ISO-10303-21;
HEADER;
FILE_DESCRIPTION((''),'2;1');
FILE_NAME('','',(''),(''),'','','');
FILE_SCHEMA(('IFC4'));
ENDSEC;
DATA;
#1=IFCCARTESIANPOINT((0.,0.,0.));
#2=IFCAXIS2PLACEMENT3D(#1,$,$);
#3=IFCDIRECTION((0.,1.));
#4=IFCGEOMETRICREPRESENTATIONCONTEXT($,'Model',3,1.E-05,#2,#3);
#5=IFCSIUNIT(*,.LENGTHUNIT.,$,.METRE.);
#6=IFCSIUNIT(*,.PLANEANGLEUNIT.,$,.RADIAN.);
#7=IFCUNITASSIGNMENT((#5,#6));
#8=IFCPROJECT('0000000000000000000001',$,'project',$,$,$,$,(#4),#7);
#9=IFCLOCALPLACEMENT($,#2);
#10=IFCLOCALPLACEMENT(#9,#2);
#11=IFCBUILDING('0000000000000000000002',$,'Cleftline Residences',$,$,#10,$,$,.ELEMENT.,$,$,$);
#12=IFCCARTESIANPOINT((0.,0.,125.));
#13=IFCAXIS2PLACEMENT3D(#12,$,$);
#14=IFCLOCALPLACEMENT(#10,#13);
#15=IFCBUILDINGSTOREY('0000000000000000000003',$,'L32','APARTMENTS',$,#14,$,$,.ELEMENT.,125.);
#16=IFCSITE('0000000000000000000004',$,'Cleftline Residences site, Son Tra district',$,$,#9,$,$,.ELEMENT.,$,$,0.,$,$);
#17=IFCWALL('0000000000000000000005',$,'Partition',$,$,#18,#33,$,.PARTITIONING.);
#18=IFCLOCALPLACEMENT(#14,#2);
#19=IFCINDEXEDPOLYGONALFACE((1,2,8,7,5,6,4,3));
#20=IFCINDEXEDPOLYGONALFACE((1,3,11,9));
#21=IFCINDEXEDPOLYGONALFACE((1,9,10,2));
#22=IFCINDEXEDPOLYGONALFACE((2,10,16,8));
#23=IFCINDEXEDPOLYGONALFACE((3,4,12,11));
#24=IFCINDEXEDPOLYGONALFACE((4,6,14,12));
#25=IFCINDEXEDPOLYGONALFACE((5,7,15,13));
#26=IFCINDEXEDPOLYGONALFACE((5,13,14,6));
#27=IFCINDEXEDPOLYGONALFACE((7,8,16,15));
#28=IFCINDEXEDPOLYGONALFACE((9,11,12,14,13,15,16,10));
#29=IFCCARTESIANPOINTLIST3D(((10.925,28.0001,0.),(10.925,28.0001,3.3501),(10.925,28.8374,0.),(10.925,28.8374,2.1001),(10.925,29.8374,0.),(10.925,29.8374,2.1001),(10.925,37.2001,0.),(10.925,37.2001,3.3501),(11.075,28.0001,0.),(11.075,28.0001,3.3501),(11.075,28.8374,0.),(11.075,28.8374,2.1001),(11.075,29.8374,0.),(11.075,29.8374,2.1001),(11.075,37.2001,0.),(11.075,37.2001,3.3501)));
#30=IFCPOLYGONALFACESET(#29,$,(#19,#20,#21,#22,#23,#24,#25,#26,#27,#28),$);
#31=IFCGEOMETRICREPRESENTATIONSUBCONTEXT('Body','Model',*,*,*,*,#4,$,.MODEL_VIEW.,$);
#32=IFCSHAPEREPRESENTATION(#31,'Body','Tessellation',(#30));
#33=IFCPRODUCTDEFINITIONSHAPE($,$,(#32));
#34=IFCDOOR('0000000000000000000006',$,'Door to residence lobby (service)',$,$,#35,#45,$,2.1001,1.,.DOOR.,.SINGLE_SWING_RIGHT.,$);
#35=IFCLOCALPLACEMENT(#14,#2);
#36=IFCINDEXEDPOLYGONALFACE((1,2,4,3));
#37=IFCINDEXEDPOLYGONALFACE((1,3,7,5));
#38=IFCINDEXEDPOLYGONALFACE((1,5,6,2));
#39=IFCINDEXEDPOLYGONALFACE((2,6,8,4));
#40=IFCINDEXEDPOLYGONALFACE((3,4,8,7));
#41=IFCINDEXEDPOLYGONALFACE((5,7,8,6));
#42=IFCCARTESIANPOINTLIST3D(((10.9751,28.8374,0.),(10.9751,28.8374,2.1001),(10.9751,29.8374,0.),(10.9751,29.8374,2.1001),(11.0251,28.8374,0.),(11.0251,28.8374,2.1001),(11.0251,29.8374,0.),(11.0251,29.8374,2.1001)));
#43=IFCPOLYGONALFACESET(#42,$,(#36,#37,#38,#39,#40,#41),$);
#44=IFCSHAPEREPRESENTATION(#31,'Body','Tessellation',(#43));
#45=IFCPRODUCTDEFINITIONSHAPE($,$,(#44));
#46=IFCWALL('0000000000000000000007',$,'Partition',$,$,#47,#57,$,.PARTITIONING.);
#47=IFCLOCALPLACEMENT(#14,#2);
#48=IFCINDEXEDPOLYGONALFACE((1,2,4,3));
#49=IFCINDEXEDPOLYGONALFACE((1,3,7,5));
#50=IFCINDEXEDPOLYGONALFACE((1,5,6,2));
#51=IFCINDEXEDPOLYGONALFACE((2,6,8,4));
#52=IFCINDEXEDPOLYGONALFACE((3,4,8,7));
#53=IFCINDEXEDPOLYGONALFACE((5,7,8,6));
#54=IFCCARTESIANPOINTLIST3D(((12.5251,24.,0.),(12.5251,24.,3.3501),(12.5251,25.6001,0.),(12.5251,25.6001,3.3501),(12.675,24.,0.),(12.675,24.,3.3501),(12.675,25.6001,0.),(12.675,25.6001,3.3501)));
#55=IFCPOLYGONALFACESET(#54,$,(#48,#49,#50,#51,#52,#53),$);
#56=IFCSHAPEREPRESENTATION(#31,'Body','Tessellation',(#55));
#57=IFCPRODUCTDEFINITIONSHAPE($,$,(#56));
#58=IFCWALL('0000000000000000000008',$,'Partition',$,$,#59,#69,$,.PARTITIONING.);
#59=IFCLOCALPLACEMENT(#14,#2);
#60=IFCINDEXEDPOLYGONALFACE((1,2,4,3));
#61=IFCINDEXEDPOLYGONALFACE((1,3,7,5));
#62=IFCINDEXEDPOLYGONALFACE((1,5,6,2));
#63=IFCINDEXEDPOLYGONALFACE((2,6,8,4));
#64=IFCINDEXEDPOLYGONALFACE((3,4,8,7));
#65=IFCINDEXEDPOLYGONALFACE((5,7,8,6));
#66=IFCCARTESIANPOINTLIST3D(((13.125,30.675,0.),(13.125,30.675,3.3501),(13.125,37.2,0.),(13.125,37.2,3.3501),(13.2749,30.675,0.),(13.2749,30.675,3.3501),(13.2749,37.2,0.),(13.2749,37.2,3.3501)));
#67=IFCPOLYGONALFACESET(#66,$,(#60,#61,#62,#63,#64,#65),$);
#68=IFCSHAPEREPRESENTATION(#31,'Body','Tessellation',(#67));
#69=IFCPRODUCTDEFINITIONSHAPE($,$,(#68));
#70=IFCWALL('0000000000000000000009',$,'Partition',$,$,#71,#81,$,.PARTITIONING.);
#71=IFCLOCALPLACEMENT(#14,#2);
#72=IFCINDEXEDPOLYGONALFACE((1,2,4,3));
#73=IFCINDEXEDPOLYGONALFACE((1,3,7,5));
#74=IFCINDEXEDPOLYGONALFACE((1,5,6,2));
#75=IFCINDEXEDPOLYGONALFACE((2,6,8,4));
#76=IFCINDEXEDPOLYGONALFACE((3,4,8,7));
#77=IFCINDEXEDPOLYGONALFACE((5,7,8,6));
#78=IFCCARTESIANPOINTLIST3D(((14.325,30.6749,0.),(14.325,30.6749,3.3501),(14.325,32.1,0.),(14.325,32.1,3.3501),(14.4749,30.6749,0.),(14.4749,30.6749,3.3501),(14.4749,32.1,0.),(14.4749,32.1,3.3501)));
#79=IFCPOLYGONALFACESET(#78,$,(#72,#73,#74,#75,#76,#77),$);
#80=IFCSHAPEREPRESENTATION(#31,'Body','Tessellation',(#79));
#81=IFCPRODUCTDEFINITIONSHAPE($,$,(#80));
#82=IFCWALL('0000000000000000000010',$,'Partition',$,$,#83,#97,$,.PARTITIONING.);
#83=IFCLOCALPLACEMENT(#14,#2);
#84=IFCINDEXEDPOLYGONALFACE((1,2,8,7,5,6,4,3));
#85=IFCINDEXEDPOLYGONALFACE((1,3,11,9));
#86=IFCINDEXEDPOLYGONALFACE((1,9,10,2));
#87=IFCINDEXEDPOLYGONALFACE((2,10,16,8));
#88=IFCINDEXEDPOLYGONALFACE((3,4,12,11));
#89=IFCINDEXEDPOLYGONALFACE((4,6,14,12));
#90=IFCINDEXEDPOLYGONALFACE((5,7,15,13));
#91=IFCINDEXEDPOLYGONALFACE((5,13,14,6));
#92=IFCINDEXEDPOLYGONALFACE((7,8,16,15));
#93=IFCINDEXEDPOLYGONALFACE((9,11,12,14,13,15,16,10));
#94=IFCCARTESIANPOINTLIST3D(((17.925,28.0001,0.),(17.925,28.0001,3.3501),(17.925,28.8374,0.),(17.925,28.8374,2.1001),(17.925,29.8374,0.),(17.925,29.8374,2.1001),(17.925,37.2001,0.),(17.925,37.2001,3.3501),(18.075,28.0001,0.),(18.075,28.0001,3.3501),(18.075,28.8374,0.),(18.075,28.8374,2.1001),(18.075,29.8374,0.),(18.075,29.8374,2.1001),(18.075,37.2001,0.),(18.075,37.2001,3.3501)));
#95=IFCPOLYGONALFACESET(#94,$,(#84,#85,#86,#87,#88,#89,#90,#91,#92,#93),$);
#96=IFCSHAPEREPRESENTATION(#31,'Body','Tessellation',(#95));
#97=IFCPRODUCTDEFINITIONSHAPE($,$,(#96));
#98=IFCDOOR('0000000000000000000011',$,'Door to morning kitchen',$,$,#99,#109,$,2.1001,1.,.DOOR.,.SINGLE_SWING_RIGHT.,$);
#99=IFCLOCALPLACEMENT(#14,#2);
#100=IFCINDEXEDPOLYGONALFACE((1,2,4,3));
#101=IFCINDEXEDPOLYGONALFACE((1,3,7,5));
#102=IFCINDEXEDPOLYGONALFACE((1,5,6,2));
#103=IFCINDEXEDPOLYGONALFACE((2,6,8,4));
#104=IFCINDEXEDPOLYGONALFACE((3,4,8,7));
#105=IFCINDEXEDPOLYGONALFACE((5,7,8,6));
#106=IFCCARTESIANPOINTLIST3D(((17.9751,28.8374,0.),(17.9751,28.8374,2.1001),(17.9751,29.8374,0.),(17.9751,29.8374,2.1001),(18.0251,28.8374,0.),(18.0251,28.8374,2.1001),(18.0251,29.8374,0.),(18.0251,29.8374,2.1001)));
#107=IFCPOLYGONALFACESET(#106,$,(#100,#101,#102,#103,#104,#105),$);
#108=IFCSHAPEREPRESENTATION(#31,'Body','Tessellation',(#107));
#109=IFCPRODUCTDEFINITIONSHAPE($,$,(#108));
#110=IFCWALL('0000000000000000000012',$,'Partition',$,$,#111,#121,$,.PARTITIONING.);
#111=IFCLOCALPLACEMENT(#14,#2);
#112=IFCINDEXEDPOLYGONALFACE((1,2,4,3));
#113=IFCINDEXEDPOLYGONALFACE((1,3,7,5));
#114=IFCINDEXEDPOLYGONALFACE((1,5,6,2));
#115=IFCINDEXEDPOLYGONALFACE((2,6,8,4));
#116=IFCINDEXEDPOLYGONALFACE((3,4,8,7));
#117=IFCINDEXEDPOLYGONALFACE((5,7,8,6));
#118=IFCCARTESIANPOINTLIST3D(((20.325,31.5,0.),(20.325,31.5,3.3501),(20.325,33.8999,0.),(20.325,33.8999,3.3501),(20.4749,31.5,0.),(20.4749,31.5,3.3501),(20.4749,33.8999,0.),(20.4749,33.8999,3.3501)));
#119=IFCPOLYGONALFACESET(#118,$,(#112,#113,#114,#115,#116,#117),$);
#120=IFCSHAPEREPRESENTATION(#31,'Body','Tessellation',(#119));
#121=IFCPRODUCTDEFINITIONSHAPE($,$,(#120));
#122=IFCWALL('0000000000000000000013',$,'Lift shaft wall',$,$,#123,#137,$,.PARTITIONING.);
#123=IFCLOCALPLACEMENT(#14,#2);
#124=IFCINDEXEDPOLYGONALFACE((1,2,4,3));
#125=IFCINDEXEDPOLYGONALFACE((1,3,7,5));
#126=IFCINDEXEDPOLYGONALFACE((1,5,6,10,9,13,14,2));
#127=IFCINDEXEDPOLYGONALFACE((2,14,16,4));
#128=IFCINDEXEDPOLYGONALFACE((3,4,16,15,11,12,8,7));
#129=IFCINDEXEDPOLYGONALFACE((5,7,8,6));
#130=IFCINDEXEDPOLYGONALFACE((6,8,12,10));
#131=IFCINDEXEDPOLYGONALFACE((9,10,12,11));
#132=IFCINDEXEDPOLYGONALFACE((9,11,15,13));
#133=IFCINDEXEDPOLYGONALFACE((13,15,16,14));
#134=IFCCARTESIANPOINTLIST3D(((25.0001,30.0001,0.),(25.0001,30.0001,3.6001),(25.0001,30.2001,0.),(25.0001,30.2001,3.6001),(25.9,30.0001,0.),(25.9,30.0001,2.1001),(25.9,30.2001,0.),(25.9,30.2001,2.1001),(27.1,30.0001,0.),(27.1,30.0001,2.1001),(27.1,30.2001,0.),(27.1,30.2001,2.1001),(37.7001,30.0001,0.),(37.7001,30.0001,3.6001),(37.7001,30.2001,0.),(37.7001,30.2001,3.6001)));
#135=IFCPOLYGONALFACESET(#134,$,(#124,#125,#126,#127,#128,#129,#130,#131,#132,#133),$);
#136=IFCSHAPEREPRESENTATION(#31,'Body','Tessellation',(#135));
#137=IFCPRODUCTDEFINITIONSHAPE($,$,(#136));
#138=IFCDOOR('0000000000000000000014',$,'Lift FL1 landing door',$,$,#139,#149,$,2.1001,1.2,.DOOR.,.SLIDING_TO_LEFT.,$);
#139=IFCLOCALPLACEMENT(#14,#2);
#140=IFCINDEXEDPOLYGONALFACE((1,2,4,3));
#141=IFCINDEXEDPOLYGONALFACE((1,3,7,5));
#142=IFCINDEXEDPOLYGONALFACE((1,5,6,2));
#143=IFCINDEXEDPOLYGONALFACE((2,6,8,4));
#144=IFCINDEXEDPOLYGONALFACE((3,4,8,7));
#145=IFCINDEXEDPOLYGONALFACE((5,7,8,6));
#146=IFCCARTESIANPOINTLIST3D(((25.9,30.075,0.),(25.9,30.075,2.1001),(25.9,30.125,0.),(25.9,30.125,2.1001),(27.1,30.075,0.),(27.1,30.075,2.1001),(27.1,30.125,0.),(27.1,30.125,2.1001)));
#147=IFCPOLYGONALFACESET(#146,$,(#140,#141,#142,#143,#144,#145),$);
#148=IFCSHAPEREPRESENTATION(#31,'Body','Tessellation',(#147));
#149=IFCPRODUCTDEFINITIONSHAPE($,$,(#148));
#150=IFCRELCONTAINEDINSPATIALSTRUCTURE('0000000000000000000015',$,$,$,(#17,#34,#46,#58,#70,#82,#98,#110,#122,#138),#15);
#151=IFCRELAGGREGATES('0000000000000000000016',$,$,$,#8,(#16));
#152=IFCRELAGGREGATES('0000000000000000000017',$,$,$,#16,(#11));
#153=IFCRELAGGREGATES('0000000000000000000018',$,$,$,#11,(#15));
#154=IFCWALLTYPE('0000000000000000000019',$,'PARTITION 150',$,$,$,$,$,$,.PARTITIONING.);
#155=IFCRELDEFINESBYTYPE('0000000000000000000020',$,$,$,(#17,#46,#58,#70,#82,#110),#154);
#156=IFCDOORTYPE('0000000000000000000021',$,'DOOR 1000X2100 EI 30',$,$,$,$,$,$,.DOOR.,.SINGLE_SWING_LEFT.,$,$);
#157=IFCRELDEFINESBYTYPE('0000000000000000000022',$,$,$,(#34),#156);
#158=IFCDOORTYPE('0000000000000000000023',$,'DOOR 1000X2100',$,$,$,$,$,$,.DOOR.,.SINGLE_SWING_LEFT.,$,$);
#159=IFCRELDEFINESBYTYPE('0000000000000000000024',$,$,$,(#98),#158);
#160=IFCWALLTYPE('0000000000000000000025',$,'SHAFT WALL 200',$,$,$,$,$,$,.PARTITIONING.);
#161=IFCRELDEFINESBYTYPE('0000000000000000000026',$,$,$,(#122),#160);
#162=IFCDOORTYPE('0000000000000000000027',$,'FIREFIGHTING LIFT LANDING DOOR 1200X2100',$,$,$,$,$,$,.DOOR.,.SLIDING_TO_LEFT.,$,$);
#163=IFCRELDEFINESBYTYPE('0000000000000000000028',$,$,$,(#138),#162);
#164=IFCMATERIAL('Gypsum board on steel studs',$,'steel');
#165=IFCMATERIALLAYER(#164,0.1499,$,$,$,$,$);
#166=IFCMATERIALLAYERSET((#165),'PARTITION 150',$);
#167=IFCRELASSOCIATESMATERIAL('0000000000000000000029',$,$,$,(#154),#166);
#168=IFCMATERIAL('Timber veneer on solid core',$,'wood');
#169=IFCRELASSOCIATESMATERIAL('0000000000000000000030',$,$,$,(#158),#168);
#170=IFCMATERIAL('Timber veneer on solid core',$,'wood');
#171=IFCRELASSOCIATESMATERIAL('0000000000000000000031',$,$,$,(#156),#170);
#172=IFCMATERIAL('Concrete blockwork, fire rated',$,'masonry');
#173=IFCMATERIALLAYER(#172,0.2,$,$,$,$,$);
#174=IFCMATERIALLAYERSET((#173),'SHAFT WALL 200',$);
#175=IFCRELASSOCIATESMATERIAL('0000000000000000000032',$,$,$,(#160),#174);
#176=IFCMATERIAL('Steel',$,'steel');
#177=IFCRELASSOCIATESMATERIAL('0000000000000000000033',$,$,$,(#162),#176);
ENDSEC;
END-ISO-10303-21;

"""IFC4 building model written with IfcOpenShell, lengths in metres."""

from ifc_helpers import new_model, si_unit, direction, frame, frame_2d, origin, place, context, subcontext, project, spatial, rectangle, extrude, material, layer, layer_set, type_object, element, fill, save


model = new_model("IFC4")

# Units and contexts
model_context = context("Model", 3, precision=1e-05, world=origin(), true_north=direction((0.0, 1.0)))
body_context = subcontext(model_context, "Body", "Model", "MODEL_VIEW")
ifc_project = project(units=[si_unit("LENGTHUNIT", "METRE"), si_unit("PLANEANGLEUNIT", "RADIAN")], contexts=[model_context])

# Site, building, storey
site_placement = place(None, origin())
site = spatial("IfcSite", under=ifc_project, at=site_placement, Name="Cleftline Residences site, Son Tra district", CompositionType="ELEMENT", RefElevation=0.0)
building_placement = place(site_placement, origin())
building = spatial("IfcBuilding", under=site, at=building_placement, Name="Cleftline Residences", CompositionType="ELEMENT")
storey_placement = place(building_placement, frame((0.0, 0.0, 125.0)))
storey = spatial("IfcBuildingStorey", under=building, at=storey_placement, Name="L32", Description="APARTMENTS", CompositionType="ELEMENT", Elevation=125.0)

# Shared definitions
ifc_material_1 = material(Name="Gypsum board on steel studs", Category="steel")
ifc_layer_1 = layer(ifc_material_1, 0.1499)
ifc_layer_set_1 = layer_set([ifc_layer_1], Name="PARTITION 150")
wall_type_1 = type_object("IfcWallType", Name="PARTITION 150", PredefinedType="PARTITIONING", material=ifc_layer_set_1)
ifc_material_2 = material(Name="Timber veneer on solid core", Category="wood")
door_type_1 = type_object("IfcDoorType", Name="DOOR 1000X2100", OperationType="SINGLE_SWING_LEFT", PredefinedType="DOOR", material=ifc_material_2)

# Wall, opening, door
wall_1_placement = place(storey_placement, frame((11.0, 28.0, 0.0), z_axis=(0.0, 0.0, 1.0), x_axis=(0.0, 1.0, 0.0)))
wall_1 = element("IfcWall", 1, at=wall_1_placement, inside=storey, type_object=wall_type_1, Name="Partition", PredefinedType="PARTITIONING", context=body_context, shape_type="SweptSolid", body=[
    extrude(rectangle(XDim=9.2, YDim=0.1499, at=frame_2d((4.6001, 0.0))), origin(), (0.0, 0.0, 1.0), 3.3501),
])
opening_1_placement = place(wall_1_placement, frame((0.8374, 0.0, 0.0)))
opening_1 = element("IfcOpeningElement", 2, at=opening_1_placement, cuts=wall_1, PredefinedType="OPENING", context=body_context, shape_type="SweptSolid", body=[
    extrude(rectangle(XDim=1.0, YDim=2.1001, at=frame_2d((0.5, 1.05))), frame((0.0, 0.085, 0.0), z_axis=(0.0, -1.0, 0.0), x_axis=(1.0, 0.0, 0.0)), (0.0, 0.0, 1.0), 0.1699),
])
ifc_material_3 = material(Name="Timber veneer on solid core", Category="wood")
door_type_2 = type_object("IfcDoorType", Name="DOOR 1000X2100 EI 30", OperationType="SINGLE_SWING_LEFT", PredefinedType="DOOR", material=ifc_material_3)
door_1_placement = place(opening_1_placement, origin())
door_1 = element("IfcDoor", 3, at=door_1_placement, inside=storey, type_object=door_type_2, Name="Door to residence lobby (service)", OperationType="SINGLE_SWING_RIGHT", OverallHeight=2.1001, OverallWidth=1.0, PredefinedType="DOOR", context=body_context, shape_type="SweptSolid", body=[
    extrude(rectangle(XDim=1.0, YDim=2.1001, at=frame_2d((0.5, 1.05))), frame((0.0, 0.0249, 0.0), z_axis=(0.0, -1.0, 0.0), x_axis=(1.0, 0.0, 0.0)), (0.0, 0.0, 1.0), 0.05),
])
fill(opening_1, door_1)

# Walls
wall_2_placement = place(storey_placement, frame((12.6001, 24.0, 0.0), z_axis=(0.0, 0.0, 1.0), x_axis=(0.0, 1.0, 0.0)))
element("IfcWall", 4, at=wall_2_placement, inside=storey, type_object=wall_type_1, Name="Partition", PredefinedType="PARTITIONING", context=body_context, shape_type="SweptSolid", body=[
    extrude(rectangle(XDim=1.6001, YDim=0.1499, at=frame_2d((0.8, 0.0))), origin(), (0.0, 0.0, 1.0), 3.3501),
])
wall_3_placement = place(storey_placement, frame((13.2, 30.675, 0.0), z_axis=(0.0, 0.0, 1.0), x_axis=(0.0, 1.0, 0.0)))
element("IfcWall", 5, at=wall_3_placement, inside=storey, type_object=wall_type_1, Name="Partition", PredefinedType="PARTITIONING", context=body_context, shape_type="SweptSolid", body=[
    extrude(rectangle(XDim=6.5249, YDim=0.1499, at=frame_2d((3.2625, 0.0))), origin(), (0.0, 0.0, 1.0), 3.3501),
])
wall_4_placement = place(storey_placement, frame((14.3999, 30.675, 0.0), z_axis=(0.0, 0.0, 1.0), x_axis=(0.0, 1.0, 0.0)))
element("IfcWall", 6, at=wall_4_placement, inside=storey, type_object=wall_type_1, Name="Partition", PredefinedType="PARTITIONING", context=body_context, shape_type="SweptSolid", body=[
    extrude(rectangle(XDim=1.425, YDim=0.1499, at=frame_2d((0.7124, 0.0))), origin(), (0.0, 0.0, 1.0), 3.3501),
])

# Wall, opening, door
wall_5_placement = place(storey_placement, frame((18.0, 28.0, 0.0), z_axis=(0.0, 0.0, 1.0), x_axis=(0.0, 1.0, 0.0)))
wall_5 = element("IfcWall", 7, at=wall_5_placement, inside=storey, type_object=wall_type_1, Name="Partition", PredefinedType="PARTITIONING", context=body_context, shape_type="SweptSolid", body=[
    extrude(rectangle(XDim=9.2, YDim=0.1499, at=frame_2d((4.6001, 0.0))), origin(), (0.0, 0.0, 1.0), 3.3501),
])
opening_2_placement = place(wall_5_placement, frame((0.8374, 0.0, 0.0)))
opening_2 = element("IfcOpeningElement", 8, at=opening_2_placement, cuts=wall_5, PredefinedType="OPENING", context=body_context, shape_type="SweptSolid", body=[
    extrude(rectangle(XDim=1.0, YDim=2.1001, at=frame_2d((0.5, 1.05))), frame((0.0, 0.085, 0.0), z_axis=(0.0, -1.0, 0.0), x_axis=(1.0, 0.0, 0.0)), (0.0, 0.0, 1.0), 0.1699),
])
door_2_placement = place(opening_2_placement, origin())
door_2 = element("IfcDoor", 9, at=door_2_placement, inside=storey, type_object=door_type_1, Name="Door to morning kitchen", OperationType="SINGLE_SWING_RIGHT", OverallHeight=2.1001, OverallWidth=1.0, PredefinedType="DOOR", context=body_context, shape_type="SweptSolid", body=[
    extrude(rectangle(XDim=1.0, YDim=2.1001, at=frame_2d((0.5, 1.05))), frame((0.0, 0.0249, 0.0), z_axis=(0.0, -1.0, 0.0), x_axis=(1.0, 0.0, 0.0)), (0.0, 0.0, 1.0), 0.05),
])
fill(opening_2, door_2)

# Wall
wall_6_placement = place(storey_placement, frame((20.3999, 31.5, 0.0), z_axis=(0.0, 0.0, 1.0), x_axis=(0.0, 1.0, 0.0)))
element("IfcWall", 10, at=wall_6_placement, inside=storey, type_object=wall_type_1, Name="Partition", PredefinedType="PARTITIONING", context=body_context, shape_type="SweptSolid", body=[
    extrude(rectangle(XDim=2.3999, YDim=0.1499, at=frame_2d((1.2, 0.0))), origin(), (0.0, 0.0, 1.0), 3.3501),
])

# Wall, opening, door
ifc_material_4 = material(Name="Concrete blockwork, fire rated", Category="masonry")
ifc_layer_2 = layer(ifc_material_4, 0.2)
ifc_layer_set_2 = layer_set([ifc_layer_2], Name="SHAFT WALL 200")
wall_type_2 = type_object("IfcWallType", Name="SHAFT WALL 200", PredefinedType="PARTITIONING", material=ifc_layer_set_2)
wall_7_placement = place(storey_placement, frame((25.0, 30.1001, 0.0), z_axis=(0.0, 0.0, 1.0), x_axis=(1.0, 0.0, 0.0)))
wall_7 = element("IfcWall", 11, at=wall_7_placement, inside=storey, type_object=wall_type_2, Name="Lift shaft wall", PredefinedType="PARTITIONING", context=body_context, shape_type="SweptSolid", body=[
    extrude(rectangle(XDim=12.7, YDim=0.2, at=frame_2d((6.3501, 0.0))), origin(), (0.0, 0.0, 1.0), 3.6001),
])
opening_3_placement = place(wall_7_placement, frame((0.8999, 0.0, 0.0)))
opening_3 = element("IfcOpeningElement", 12, at=opening_3_placement, cuts=wall_7, PredefinedType="OPENING", context=body_context, shape_type="SweptSolid", body=[
    extrude(rectangle(XDim=1.2, YDim=2.1001, at=frame_2d((0.6001, 1.05))), frame((0.0, 0.1099, 0.0), z_axis=(0.0, -1.0, 0.0), x_axis=(1.0, 0.0, 0.0)), (0.0, 0.0, 1.0), 0.22),
])
ifc_material_5 = material(Name="Steel", Category="steel")
door_type_3 = type_object("IfcDoorType", Name="FIREFIGHTING LIFT LANDING DOOR 1200X2100", OperationType="SLIDING_TO_LEFT", PredefinedType="DOOR", material=ifc_material_5)
door_3_placement = place(opening_3_placement, origin())
door_3 = element("IfcDoor", 13, at=door_3_placement, inside=storey, type_object=door_type_3, Name="Lift FL1 landing door", OperationType="SLIDING_TO_LEFT", OverallHeight=2.1001, OverallWidth=1.2, PredefinedType="DOOR", context=body_context, shape_type="SweptSolid", body=[
    extrude(rectangle(XDim=1.2, YDim=2.1001, at=frame_2d((0.6001, 1.05))), frame((0.0, 0.0249, 0.0), z_axis=(0.0, -1.0, 0.0), x_axis=(1.0, 0.0, 0.0)), (0.0, 0.0, 1.0), 0.05),
])
fill(opening_3, door_3)

save(model, "model.ifc")
